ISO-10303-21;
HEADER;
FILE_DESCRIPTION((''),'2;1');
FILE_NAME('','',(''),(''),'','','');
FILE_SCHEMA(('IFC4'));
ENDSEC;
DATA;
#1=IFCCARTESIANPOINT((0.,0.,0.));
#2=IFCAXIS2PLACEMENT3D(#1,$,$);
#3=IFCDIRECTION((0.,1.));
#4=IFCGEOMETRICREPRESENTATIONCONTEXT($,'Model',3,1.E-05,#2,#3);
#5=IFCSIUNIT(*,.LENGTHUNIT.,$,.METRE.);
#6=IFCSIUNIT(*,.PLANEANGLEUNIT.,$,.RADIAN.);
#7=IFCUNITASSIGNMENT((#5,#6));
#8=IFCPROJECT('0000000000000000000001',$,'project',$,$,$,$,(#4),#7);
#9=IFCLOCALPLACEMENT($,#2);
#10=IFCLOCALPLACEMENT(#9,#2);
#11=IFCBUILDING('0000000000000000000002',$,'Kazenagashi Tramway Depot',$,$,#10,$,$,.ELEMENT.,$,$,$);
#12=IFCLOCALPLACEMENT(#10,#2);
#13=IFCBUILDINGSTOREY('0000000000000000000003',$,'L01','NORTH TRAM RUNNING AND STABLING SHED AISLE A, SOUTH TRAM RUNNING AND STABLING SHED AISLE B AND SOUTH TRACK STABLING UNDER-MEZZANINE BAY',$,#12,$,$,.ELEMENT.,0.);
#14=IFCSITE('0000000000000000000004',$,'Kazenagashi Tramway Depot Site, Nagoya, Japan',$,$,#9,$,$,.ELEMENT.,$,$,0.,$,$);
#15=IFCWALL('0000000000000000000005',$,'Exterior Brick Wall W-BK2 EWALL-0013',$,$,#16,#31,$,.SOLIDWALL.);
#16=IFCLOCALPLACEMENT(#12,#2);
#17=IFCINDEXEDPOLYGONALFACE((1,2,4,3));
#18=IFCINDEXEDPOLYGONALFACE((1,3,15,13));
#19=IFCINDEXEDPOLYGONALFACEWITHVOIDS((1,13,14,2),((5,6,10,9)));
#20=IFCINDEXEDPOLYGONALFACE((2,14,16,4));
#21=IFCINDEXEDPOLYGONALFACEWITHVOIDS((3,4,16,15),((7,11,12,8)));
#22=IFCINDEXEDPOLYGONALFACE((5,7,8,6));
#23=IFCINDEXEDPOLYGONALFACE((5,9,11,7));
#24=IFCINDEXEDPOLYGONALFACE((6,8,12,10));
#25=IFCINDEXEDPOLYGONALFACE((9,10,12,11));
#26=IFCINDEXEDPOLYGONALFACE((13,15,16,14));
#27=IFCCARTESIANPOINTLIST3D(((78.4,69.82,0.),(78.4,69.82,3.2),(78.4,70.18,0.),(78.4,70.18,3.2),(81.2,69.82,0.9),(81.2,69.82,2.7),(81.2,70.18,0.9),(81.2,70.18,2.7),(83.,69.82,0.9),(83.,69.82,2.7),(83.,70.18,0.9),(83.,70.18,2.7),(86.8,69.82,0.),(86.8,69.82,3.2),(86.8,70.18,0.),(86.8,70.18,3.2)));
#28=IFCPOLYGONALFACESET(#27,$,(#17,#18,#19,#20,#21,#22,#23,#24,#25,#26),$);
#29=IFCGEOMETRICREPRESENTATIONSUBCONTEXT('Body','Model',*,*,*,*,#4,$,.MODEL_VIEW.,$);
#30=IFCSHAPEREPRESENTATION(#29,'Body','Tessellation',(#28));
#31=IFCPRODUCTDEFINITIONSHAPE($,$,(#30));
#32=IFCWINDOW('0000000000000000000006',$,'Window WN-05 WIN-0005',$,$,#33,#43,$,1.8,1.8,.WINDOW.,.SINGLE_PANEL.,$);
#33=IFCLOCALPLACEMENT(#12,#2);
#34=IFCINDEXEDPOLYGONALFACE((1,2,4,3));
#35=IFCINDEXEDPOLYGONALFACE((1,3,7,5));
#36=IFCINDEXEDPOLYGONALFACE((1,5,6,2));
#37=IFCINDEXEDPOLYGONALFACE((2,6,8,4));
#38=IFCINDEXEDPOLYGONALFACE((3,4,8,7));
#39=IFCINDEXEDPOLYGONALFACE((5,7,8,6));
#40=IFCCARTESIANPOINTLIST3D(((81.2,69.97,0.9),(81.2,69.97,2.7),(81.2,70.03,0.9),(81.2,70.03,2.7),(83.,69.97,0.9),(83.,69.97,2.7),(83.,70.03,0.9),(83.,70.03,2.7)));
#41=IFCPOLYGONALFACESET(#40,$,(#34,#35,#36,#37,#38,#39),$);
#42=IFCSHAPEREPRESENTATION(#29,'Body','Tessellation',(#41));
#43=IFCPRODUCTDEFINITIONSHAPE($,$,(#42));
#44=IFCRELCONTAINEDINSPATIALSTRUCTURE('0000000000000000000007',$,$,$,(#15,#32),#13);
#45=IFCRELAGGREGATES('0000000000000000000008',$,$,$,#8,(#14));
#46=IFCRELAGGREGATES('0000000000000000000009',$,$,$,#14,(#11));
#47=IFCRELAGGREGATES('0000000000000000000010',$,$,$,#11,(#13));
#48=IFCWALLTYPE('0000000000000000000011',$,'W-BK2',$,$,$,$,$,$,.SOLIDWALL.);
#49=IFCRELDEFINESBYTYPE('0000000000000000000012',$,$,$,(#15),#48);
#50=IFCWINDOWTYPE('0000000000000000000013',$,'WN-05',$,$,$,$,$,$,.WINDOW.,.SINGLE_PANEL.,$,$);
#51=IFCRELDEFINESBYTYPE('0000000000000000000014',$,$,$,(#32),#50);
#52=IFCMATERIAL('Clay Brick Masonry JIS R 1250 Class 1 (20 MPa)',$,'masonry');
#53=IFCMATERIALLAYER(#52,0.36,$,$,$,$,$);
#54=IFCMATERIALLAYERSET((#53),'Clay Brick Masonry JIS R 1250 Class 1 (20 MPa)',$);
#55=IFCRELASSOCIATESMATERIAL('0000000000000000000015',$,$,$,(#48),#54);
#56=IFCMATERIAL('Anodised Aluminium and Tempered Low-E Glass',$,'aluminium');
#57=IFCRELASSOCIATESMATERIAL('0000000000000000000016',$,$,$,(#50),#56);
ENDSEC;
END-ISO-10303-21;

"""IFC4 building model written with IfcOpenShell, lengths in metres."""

from ifc_helpers import new_model, si_unit, direction, frame, frame_2d, origin, place, context, subcontext, project, spatial, rectangle, extrude, material, layer, layer_set, type_object, element, fill, save


model = new_model("IFC4")

# Units and contexts
model_context = context("Model", 3, precision=1e-05, world=origin(), true_north=direction((0.0, 1.0)))
body_context = subcontext(model_context, "Body", "Model", "MODEL_VIEW")
ifc_project = project(units=[si_unit("LENGTHUNIT", "METRE"), si_unit("PLANEANGLEUNIT", "RADIAN")], contexts=[model_context])

# Site, building, storey
site_placement = place(None, origin())
site = spatial("IfcSite", under=ifc_project, at=site_placement, Name="Kazenagashi Tramway Depot Site, Nagoya, Japan", CompositionType="ELEMENT", RefElevation=0.0)
building_placement = place(site_placement, origin())
building = spatial("IfcBuilding", under=site, at=building_placement, Name="Kazenagashi Tramway Depot", CompositionType="ELEMENT")
storey_placement = place(building_placement, origin())
storey = spatial("IfcBuildingStorey", under=building, at=storey_placement, Name="L01", Description="NORTH TRAM RUNNING AND STABLING SHED AISLE A, SOUTH TRAM RUNNING AND STABLING SHED AISLE B AND SOUTH TRACK STABLING UNDER-MEZZANINE BAY", CompositionType="ELEMENT", Elevation=0.0)

# Wall, opening, window
ifc_material_1 = material(Name="Clay Brick Masonry JIS R 1250 Class 1 (20 MPa)", Category="masonry")
ifc_layer_1 = layer(ifc_material_1, 0.36)
ifc_layer_set_1 = layer_set([ifc_layer_1], Name="Clay Brick Masonry JIS R 1250 Class 1 (20 MPa)")
wall_type = type_object("IfcWallType", Name="W-BK2", PredefinedType="SOLIDWALL", material=ifc_layer_set_1)
wall_placement = place(storey_placement, frame((78.4, 70.0, 0.0), z_axis=(0.0, 0.0, 1.0), x_axis=(1.0, 0.0, 0.0)))
wall = element("IfcWall", 1, at=wall_placement, inside=storey, type_object=wall_type, Name="Exterior Brick Wall W-BK2 EWALL-0013", PredefinedType="SOLIDWALL", context=body_context, shape_type="SweptSolid", body=[
    extrude(rectangle(XDim=8.4, YDim=0.36, at=frame_2d((4.2, 0.0))), origin(), (0.0, 0.0, 1.0), 3.2),
])
opening_placement = place(wall_placement, frame((2.8, 0.0, 0.9)))
opening = element("IfcOpeningElement", 2, at=opening_placement, cuts=wall, PredefinedType="OPENING", context=body_context, shape_type="SweptSolid", body=[
    extrude(rectangle(XDim=1.8, YDim=1.8, at=frame_2d((0.9, 0.9))), frame((0.0, 0.19, 0.0), z_axis=(0.0, -1.0, 0.0), x_axis=(1.0, 0.0, 0.0)), (0.0, 0.0, 1.0), 0.38),
])
ifc_material_2 = material(Name="Anodised Aluminium and Tempered Low-E Glass", Category="aluminium")
window_type = type_object("IfcWindowType", Name="WN-05", PartitioningType="SINGLE_PANEL", PredefinedType="WINDOW", material=ifc_material_2)
window_placement = place(opening_placement, origin())
window = element("IfcWindow", 3, at=window_placement, inside=storey, type_object=window_type, Name="Window WN-05 WIN-0005", OverallHeight=1.8, OverallWidth=1.8, PartitioningType="SINGLE_PANEL", PredefinedType="WINDOW", context=body_context, shape_type="SweptSolid", body=[
    extrude(rectangle(XDim=1.8, YDim=1.8, at=frame_2d((0.9, 0.9))), frame((0.0, 0.03, 0.0), z_axis=(0.0, -1.0, 0.0), x_axis=(1.0, 0.0, 0.0)), (0.0, 0.0, 1.0), 0.06),
])
fill(opening, window)

save(model, "model.ifc")
